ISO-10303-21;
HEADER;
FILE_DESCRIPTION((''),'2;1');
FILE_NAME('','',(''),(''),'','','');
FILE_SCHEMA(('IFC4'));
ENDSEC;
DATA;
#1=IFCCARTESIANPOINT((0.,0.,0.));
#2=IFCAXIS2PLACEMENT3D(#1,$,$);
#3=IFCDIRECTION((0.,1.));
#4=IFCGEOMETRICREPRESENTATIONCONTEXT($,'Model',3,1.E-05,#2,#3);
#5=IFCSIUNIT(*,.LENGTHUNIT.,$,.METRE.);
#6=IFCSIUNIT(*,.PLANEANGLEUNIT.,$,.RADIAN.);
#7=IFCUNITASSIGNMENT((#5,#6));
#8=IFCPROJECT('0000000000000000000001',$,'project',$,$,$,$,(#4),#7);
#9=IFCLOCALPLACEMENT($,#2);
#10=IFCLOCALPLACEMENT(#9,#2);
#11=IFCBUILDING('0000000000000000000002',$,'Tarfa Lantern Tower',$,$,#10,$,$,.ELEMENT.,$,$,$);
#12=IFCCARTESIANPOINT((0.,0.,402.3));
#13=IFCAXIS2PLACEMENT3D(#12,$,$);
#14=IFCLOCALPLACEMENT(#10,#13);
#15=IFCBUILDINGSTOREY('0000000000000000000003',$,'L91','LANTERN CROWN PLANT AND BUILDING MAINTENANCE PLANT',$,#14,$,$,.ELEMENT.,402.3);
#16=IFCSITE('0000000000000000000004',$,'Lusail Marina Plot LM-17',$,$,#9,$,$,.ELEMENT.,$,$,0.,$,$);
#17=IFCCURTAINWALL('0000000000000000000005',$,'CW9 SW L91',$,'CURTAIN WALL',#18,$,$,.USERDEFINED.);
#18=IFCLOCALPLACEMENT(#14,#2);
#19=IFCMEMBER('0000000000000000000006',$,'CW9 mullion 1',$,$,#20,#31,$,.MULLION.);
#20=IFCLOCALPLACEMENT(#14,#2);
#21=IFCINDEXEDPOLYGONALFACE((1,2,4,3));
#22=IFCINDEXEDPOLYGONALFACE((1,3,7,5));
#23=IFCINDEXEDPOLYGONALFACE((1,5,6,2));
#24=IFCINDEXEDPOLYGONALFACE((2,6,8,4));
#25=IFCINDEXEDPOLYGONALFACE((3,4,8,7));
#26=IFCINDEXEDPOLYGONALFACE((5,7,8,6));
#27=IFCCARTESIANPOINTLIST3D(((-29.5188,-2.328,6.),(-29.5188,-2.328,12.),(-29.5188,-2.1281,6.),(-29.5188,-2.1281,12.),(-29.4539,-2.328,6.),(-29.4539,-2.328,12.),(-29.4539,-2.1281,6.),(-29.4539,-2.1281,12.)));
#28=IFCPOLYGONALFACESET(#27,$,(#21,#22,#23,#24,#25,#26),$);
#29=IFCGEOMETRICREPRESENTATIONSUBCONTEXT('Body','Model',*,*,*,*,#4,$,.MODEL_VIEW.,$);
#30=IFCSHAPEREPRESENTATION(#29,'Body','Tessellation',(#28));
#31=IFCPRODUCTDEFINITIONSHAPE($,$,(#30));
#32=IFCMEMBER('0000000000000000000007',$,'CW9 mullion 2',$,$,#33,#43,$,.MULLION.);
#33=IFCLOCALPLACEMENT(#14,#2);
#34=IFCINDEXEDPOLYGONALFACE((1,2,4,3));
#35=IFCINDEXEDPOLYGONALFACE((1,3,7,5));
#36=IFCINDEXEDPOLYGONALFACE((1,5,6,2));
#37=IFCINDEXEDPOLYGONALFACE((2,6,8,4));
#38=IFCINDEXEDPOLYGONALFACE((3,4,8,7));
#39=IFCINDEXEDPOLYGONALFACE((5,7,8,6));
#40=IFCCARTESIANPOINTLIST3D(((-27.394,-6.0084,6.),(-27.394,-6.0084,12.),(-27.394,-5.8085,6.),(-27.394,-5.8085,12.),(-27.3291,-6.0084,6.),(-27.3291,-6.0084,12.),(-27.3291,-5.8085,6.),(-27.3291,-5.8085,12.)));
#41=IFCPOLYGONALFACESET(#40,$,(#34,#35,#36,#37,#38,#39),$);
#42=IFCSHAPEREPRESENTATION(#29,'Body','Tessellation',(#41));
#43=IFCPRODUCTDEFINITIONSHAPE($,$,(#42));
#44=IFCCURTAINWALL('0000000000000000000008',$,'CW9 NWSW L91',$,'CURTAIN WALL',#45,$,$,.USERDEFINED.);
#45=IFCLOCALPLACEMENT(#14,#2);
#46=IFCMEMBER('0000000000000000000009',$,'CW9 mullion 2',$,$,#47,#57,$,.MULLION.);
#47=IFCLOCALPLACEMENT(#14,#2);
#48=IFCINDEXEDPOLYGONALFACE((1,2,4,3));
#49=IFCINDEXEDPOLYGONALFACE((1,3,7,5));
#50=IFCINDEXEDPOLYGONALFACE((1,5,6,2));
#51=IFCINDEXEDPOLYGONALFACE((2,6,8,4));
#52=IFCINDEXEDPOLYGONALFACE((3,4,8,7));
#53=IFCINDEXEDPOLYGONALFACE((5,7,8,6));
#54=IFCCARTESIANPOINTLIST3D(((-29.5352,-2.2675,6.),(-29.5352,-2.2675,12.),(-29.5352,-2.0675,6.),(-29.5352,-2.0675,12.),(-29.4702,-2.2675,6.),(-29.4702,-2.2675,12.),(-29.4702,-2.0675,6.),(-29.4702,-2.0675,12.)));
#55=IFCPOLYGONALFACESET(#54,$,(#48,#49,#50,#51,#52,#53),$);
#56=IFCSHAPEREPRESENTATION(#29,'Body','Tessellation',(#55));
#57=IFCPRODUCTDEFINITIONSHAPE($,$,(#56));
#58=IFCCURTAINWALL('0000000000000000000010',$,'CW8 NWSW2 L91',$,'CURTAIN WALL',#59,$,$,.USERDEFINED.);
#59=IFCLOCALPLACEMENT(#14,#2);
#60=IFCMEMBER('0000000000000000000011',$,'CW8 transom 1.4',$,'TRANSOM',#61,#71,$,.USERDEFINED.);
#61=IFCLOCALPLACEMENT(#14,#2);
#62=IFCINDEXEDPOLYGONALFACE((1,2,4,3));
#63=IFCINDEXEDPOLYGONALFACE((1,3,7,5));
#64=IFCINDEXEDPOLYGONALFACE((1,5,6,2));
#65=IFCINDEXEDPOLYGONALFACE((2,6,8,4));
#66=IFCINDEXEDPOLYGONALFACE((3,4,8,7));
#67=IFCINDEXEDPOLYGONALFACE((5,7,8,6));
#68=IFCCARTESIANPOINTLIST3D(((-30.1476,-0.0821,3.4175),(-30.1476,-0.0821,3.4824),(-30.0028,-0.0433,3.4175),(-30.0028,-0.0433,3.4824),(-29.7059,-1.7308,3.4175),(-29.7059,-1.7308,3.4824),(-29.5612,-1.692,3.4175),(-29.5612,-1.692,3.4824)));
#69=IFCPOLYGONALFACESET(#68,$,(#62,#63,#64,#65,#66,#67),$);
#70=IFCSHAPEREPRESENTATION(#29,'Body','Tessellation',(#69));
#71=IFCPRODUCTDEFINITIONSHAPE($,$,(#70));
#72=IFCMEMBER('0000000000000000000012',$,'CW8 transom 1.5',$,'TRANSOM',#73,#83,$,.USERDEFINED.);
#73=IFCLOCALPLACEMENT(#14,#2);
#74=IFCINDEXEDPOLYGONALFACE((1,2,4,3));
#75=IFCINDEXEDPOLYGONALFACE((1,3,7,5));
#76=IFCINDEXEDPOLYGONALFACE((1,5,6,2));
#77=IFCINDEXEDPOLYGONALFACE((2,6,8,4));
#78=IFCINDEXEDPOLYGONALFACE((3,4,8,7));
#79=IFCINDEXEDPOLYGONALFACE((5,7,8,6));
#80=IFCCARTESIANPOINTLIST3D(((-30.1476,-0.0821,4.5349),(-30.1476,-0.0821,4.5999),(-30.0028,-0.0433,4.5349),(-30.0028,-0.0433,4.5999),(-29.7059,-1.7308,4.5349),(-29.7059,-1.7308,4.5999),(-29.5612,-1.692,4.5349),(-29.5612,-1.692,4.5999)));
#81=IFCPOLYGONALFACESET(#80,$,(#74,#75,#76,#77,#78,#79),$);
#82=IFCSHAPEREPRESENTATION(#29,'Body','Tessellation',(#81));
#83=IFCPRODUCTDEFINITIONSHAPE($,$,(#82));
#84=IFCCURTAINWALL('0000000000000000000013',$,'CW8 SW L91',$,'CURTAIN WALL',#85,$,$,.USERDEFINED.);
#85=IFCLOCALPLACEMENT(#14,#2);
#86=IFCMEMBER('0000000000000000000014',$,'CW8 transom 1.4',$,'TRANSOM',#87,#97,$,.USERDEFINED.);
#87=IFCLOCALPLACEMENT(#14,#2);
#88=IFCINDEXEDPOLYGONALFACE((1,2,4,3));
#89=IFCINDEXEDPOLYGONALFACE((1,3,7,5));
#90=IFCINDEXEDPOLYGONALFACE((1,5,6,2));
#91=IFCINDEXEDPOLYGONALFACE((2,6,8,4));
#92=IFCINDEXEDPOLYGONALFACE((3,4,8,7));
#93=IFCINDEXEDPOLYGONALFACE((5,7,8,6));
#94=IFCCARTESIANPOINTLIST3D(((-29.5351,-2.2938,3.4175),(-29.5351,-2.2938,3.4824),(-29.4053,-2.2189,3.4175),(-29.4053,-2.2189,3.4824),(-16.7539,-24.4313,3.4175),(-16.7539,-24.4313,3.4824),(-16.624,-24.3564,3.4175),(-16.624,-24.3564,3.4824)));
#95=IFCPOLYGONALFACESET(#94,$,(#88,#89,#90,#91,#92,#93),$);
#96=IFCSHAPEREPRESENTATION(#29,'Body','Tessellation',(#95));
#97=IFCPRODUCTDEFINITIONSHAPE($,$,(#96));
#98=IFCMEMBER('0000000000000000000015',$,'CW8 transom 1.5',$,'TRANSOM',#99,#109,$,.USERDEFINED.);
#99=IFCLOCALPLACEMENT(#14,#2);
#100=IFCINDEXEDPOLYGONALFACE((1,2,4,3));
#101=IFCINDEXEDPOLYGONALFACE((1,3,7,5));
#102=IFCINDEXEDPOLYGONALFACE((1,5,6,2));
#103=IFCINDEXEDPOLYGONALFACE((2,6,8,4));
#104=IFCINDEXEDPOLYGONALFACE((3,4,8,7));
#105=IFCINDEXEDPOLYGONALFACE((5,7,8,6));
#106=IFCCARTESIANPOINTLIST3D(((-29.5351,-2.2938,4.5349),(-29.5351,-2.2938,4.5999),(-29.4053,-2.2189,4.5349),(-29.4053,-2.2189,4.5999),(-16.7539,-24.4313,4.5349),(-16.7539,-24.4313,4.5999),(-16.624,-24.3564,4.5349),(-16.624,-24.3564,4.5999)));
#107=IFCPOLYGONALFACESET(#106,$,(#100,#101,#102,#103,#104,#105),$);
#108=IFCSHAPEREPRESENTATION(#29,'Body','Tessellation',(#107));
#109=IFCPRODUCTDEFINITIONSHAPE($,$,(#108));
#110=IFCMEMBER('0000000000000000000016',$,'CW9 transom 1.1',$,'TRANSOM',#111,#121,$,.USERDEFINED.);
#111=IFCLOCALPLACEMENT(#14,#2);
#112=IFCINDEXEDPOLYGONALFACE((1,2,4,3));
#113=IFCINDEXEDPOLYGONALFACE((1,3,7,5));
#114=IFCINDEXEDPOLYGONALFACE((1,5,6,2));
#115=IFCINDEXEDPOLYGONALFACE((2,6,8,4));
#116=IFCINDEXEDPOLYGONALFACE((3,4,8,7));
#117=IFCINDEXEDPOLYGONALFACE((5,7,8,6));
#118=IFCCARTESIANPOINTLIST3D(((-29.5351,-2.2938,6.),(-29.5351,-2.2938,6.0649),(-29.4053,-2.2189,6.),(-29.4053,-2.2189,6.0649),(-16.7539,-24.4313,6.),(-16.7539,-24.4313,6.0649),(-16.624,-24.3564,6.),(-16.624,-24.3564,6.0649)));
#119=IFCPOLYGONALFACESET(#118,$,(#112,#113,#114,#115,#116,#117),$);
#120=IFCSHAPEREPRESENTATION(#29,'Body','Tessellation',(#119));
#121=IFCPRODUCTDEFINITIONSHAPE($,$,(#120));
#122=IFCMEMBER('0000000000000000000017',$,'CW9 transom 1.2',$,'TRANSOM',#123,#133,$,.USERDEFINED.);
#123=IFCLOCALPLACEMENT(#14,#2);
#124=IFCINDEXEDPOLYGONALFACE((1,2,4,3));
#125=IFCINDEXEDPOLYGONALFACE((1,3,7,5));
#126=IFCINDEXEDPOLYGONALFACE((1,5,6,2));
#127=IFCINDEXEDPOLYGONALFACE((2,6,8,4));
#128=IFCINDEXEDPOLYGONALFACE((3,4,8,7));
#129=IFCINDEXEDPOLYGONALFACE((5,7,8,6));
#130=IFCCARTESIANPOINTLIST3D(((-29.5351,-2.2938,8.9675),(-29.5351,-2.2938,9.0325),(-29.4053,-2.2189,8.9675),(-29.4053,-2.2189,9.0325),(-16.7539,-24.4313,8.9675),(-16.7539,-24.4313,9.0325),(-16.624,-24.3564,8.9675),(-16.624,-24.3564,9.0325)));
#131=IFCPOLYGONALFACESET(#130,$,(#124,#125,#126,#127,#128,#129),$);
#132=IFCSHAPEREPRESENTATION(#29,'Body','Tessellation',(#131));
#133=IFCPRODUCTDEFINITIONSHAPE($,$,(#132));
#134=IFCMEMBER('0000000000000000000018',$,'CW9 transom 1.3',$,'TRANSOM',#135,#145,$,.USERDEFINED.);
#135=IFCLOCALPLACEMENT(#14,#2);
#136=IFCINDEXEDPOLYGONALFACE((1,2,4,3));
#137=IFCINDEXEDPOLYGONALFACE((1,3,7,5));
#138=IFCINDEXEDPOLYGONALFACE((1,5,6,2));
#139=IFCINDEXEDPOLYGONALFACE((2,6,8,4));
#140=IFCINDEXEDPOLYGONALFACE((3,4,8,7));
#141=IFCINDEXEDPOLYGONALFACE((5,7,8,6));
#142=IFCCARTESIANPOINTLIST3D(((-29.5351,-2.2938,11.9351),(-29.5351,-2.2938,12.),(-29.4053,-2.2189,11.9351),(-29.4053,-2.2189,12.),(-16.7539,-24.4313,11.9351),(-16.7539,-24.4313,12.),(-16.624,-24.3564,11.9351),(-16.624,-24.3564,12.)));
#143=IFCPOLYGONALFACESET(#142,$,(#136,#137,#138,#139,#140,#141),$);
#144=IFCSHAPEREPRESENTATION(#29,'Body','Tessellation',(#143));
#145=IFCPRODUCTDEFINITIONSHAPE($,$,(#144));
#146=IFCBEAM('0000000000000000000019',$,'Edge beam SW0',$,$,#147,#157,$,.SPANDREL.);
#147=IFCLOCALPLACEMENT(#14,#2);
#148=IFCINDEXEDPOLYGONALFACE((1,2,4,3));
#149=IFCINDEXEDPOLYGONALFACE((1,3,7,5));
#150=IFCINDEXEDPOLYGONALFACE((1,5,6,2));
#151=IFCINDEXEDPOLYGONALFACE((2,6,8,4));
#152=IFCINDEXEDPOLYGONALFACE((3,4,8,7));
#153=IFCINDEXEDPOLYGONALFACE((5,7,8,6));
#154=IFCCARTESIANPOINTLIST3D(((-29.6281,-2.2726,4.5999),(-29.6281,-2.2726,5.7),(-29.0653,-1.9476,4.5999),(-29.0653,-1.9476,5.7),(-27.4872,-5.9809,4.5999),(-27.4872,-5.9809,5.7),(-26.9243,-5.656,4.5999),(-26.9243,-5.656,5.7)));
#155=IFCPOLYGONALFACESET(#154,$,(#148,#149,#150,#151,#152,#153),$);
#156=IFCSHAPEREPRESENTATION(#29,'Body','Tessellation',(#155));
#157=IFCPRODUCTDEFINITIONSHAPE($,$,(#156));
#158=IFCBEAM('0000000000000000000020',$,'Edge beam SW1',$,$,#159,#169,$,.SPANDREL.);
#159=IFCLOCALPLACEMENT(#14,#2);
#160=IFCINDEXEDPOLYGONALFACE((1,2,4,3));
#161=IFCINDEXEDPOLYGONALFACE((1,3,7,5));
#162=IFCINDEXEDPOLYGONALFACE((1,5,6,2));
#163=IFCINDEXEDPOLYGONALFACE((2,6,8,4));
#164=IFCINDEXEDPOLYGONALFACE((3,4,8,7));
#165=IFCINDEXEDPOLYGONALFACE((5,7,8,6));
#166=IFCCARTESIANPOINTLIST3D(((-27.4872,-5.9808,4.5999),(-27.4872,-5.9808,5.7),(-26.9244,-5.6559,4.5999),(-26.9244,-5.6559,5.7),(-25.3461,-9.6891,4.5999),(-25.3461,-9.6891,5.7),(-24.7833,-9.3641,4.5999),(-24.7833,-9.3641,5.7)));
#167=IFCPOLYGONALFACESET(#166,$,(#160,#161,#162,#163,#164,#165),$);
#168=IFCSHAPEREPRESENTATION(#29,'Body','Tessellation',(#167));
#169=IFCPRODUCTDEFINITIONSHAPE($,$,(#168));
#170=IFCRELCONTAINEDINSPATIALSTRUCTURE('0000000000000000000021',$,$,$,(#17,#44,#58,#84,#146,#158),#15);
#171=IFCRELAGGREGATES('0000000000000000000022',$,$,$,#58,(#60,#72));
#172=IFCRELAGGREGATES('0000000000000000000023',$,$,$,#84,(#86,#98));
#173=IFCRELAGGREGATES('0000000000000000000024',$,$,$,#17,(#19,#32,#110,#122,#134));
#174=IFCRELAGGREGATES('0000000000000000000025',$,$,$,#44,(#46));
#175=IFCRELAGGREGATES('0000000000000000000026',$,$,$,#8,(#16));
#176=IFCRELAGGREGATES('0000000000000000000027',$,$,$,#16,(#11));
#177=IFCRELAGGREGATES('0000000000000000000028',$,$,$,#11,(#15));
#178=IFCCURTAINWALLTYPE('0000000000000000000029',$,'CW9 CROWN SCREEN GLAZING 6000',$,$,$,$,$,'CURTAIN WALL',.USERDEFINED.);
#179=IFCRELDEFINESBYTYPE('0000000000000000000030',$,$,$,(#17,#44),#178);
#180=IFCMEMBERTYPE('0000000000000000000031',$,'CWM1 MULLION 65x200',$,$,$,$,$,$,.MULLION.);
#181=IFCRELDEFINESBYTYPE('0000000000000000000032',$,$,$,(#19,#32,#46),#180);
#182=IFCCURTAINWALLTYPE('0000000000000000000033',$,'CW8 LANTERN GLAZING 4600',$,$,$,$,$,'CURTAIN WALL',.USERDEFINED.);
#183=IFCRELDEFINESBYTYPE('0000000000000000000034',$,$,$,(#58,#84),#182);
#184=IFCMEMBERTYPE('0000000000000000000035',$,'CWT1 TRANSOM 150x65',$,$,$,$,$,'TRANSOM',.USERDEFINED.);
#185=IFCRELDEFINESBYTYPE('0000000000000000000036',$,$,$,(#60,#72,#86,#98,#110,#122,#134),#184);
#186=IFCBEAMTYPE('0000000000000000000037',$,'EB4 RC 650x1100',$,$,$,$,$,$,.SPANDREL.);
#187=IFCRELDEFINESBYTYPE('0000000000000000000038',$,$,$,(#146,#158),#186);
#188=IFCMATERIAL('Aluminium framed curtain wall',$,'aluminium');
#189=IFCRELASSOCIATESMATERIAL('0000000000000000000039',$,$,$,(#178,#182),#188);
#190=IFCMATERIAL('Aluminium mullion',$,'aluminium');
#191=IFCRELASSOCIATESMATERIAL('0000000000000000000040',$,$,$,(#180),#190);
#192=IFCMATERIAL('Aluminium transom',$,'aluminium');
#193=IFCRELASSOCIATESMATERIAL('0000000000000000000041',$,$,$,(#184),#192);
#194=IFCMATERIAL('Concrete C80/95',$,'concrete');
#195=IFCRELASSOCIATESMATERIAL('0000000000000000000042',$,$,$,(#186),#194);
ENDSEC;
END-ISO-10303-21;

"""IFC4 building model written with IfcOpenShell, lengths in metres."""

from ifc_helpers import new_model, si_unit, direction, frame, origin, origin_2d, place, context, subcontext, project, spatial, rectangle, extrude, material, material_profile, profile_set, type_object, element, aggregate, save


model = new_model("IFC4")

# Units and contexts
model_context = context("Model", 3, precision=1e-05, world=origin(), true_north=direction((0.0, 1.0)))
body_context = subcontext(model_context, "Body", "Model", "MODEL_VIEW")
ifc_project = project(units=[si_unit("LENGTHUNIT", "METRE"), si_unit("PLANEANGLEUNIT", "RADIAN")], contexts=[model_context])

# Site, building, storey
site_placement = place(None, origin())
site = spatial("IfcSite", under=ifc_project, at=site_placement, Name="Lusail Marina Plot LM-17", CompositionType="ELEMENT", RefElevation=0.0)
building_placement = place(site_placement, origin())
building = spatial("IfcBuilding", under=site, at=building_placement, Name="Tarfa Lantern Tower", CompositionType="ELEMENT")
storey_placement = place(building_placement, frame((0.0, 0.0, 402.3)))
storey = spatial("IfcBuildingStorey", under=building, at=storey_placement, Name="L91", Description="LANTERN CROWN PLANT AND BUILDING MAINTENANCE PLANT", CompositionType="ELEMENT", Elevation=402.3)

# Curtain wall, members
ifc_material_1 = material(Name="Aluminium framed curtain wall", Category="aluminium")
curtain_wall_type_1 = type_object("IfcCurtainWallType", Name="CW9 CROWN SCREEN GLAZING 6000", ElementType="CURTAIN WALL", PredefinedType="USERDEFINED", material=ifc_material_1)
curtain_wall_1_placement = place(storey_placement, origin())
curtain_wall_1 = element("IfcCurtainWall", 1, at=curtain_wall_1_placement, inside=storey, type_object=curtain_wall_type_1, Name="CW9 SW L91", ObjectType="CURTAIN WALL", PredefinedType="USERDEFINED")
ifc_material_2 = material(Name="Aluminium mullion", Category="aluminium")
ifc_material_profile_1 = material_profile(ifc_material_2, rectangle(XDim=0.0649, YDim=0.2, at=origin_2d()), Name="AL MULLION 65x200")
ifc_profile_set_1 = profile_set([ifc_material_profile_1], Name="Aluminium mullion")
member_type_1 = type_object("IfcMemberType", Name="CWM1 MULLION 65x200", PredefinedType="MULLION", material=ifc_profile_set_1)
member_1_placement = place(storey_placement, frame((-29.4863, -2.228, 6.0), z_axis=(0.0, 0.0, 1.0), x_axis=(1.0, 0.0, 0.0)))
member_1 = element("IfcMember", 2, at=member_1_placement, type_object=member_type_1, Name="CW9 mullion 1", PredefinedType="MULLION", context=body_context, shape_type="SweptSolid", body=[
    extrude(rectangle(XDim=0.0649, YDim=0.2, at=origin_2d()), origin(), (0.0, 0.0, 1.0), 6.0),
])
member_2_placement = place(storey_placement, frame((-27.3616, -5.9084, 6.0), z_axis=(0.0, 0.0, 1.0), x_axis=(1.0, 0.0, 0.0)))
member_2 = element("IfcMember", 3, at=member_2_placement, type_object=member_type_1, Name="CW9 mullion 2", PredefinedType="MULLION", context=body_context, shape_type="SweptSolid", body=[
    extrude(rectangle(XDim=0.0649, YDim=0.2, at=origin_2d()), origin(), (0.0, 0.0, 1.0), 6.0),
])

# Curtain wall, member
curtain_wall_2_placement = place(storey_placement, origin())
curtain_wall_2 = element("IfcCurtainWall", 4, at=curtain_wall_2_placement, inside=storey, type_object=curtain_wall_type_1, Name="CW9 NWSW L91", ObjectType="CURTAIN WALL", PredefinedType="USERDEFINED")
member_3_placement = place(storey_placement, frame((-29.5027, -2.1675, 6.0), z_axis=(0.0, 0.0, 1.0), x_axis=(1.0, 0.0, 0.0)))
member_3 = element("IfcMember", 5, at=member_3_placement, type_object=member_type_1, Name="CW9 mullion 2", PredefinedType="MULLION", context=body_context, shape_type="SweptSolid", body=[
    extrude(rectangle(XDim=0.0649, YDim=0.2, at=origin_2d()), origin(), (0.0, 0.0, 1.0), 6.0),
])

# Curtain walls, members
curtain_wall_type_2 = type_object("IfcCurtainWallType", Name="CW8 LANTERN GLAZING 4600", ElementType="CURTAIN WALL", PredefinedType="USERDEFINED", material=ifc_material_1)
curtain_wall_3_placement = place(storey_placement, origin())
curtain_wall_3 = element("IfcCurtainWall", 6, at=curtain_wall_3_placement, inside=storey, type_object=curtain_wall_type_2, Name="CW8 NWSW2 L91", ObjectType="CURTAIN WALL", PredefinedType="USERDEFINED")
ifc_material_3 = material(Name="Aluminium transom", Category="aluminium")
ifc_material_profile_2 = material_profile(ifc_material_3, rectangle(XDim=0.1499, YDim=0.0649, at=origin_2d()), Name="AL TRANSOM 150x65")
ifc_profile_set_2 = profile_set([ifc_material_profile_2], Name="Aluminium transom")
member_type_2 = type_object("IfcMemberType", Name="CWT1 TRANSOM 150x65", ElementType="TRANSOM", PredefinedType="USERDEFINED", material=ifc_profile_set_2)
member_4_placement = place(storey_placement, frame((-30.0752, -0.0627, 3.45), z_axis=(0.258758, -0.965942, 0.0), x_axis=(0.965942, 0.258758, 0.0)))
member_4 = element("IfcMember", 7, at=member_4_placement, type_object=member_type_2, Name="CW8 transom 1.4", ObjectType="TRANSOM", PredefinedType="USERDEFINED", context=body_context, shape_type="SweptSolid", body=[
    extrude(rectangle(XDim=0.1499, YDim=0.0649, at=origin_2d()), origin(), (0.0, 0.0, 1.0), 1.7068),
])
member_5_placement = place(storey_placement, frame((-30.0752, -0.0627, 4.5674), z_axis=(0.258758, -0.965942, 0.0), x_axis=(0.965942, 0.258758, 0.0)))
member_5 = element("IfcMember", 8, at=member_5_placement, type_object=member_type_2, Name="CW8 transom 1.5", ObjectType="TRANSOM", PredefinedType="USERDEFINED", context=body_context, shape_type="SweptSolid", body=[
    extrude(rectangle(XDim=0.1499, YDim=0.0649, at=origin_2d()), origin(), (0.0, 0.0, 1.0), 1.7068),
])
curtain_wall_4_placement = place(storey_placement, origin())
curtain_wall_4 = element("IfcCurtainWall", 9, at=curtain_wall_4_placement, inside=storey, type_object=curtain_wall_type_2, Name="CW8 SW L91", ObjectType="CURTAIN WALL", PredefinedType="USERDEFINED")
member_6_placement = place(storey_placement, frame((-29.4702, -2.2563, 3.45), z_axis=(0.500005, -0.866022, 0.0), x_axis=(0.866022, 0.500005, 0.0)))
member_6 = element("IfcMember", 10, at=member_6_placement, type_object=member_type_2, Name="CW8 transom 1.4", ObjectType="TRANSOM", PredefinedType="USERDEFINED", context=body_context, shape_type="SweptSolid", body=[
    extrude(rectangle(XDim=0.1499, YDim=0.0649, at=origin_2d()), origin(), (0.0, 0.0, 1.0), 25.5623),
])
member_7_placement = place(storey_placement, frame((-29.4702, -2.2563, 4.5674), z_axis=(0.500005, -0.866022, 0.0), x_axis=(0.866022, 0.500005, 0.0)))
member_7 = element("IfcMember", 11, at=member_7_placement, type_object=member_type_2, Name="CW8 transom 1.5", ObjectType="TRANSOM", PredefinedType="USERDEFINED", context=body_context, shape_type="SweptSolid", body=[
    extrude(rectangle(XDim=0.1499, YDim=0.0649, at=origin_2d()), origin(), (0.0, 0.0, 1.0), 25.5623),
])

# Members
member_8_placement = place(storey_placement, frame((-29.4702, -2.2563, 6.0325), z_axis=(0.500005, -0.866022, 0.0), x_axis=(0.866022, 0.500005, 0.0)))
member_8 = element("IfcMember", 12, at=member_8_placement, type_object=member_type_2, Name="CW9 transom 1.1", ObjectType="TRANSOM", PredefinedType="USERDEFINED", context=body_context, shape_type="SweptSolid", body=[
    extrude(rectangle(XDim=0.1499, YDim=0.0649, at=origin_2d()), origin(), (0.0, 0.0, 1.0), 25.5623),
])
member_9_placement = place(storey_placement, frame((-29.4702, -2.2563, 9.0), z_axis=(0.500005, -0.866022, 0.0), x_axis=(0.866022, 0.500005, 0.0)))
member_9 = element("IfcMember", 13, at=member_9_placement, type_object=member_type_2, Name="CW9 transom 1.2", ObjectType="TRANSOM", PredefinedType="USERDEFINED", context=body_context, shape_type="SweptSolid", body=[
    extrude(rectangle(XDim=0.1499, YDim=0.0649, at=origin_2d()), origin(), (0.0, 0.0, 1.0), 25.5623),
])
member_10_placement = place(storey_placement, frame((-29.4702, -2.2563, 11.9675), z_axis=(0.500005, -0.866022, 0.0), x_axis=(0.866022, 0.500005, 0.0)))
member_10 = element("IfcMember", 14, at=member_10_placement, type_object=member_type_2, Name="CW9 transom 1.3", ObjectType="TRANSOM", PredefinedType="USERDEFINED", context=body_context, shape_type="SweptSolid", body=[
    extrude(rectangle(XDim=0.1499, YDim=0.0649, at=origin_2d()), origin(), (0.0, 0.0, 1.0), 25.5623),
])

# Beams
ifc_material_4 = material(Name="Concrete C80/95", Category="concrete")
ifc_material_profile_3 = material_profile(ifc_material_4, rectangle(XDim=0.6499, YDim=1.1001, at=origin_2d()), Name="RC 650x1100")
ifc_profile_set_3 = profile_set([ifc_material_profile_3], Name="Concrete C80/95")
beam_type_1 = type_object("IfcBeamType", Name="EB4 RC 650x1100", PredefinedType="SPANDREL", material=ifc_profile_set_3)
for number, where, z_axis, x_axis, name in (
    (15, (-29.3467, -2.1101, 5.1499), (0.499984, -0.866035, 0.0), (0.866035, 0.499984, 0.0), "Edge beam SW0"),
    (16, (-27.2058, -5.8184, 5.1499), (0.500027, -0.86601, 0.0), (0.86601, 0.500027, 0.0), "Edge beam SW1"),
):
    element("IfcBeam", number, at=place(storey_placement, frame(where, z_axis=z_axis, x_axis=x_axis)), inside=storey, type_object=beam_type_1, Name=name, PredefinedType="SPANDREL", context=body_context, shape_type="SweptSolid", body=[
        extrude(rectangle(XDim=0.6499, YDim=1.1001, at=origin_2d()), origin(), (0.0, 0.0, 1.0), 4.282),
    ])

aggregate(curtain_wall_3, [member_4, member_5])
aggregate(curtain_wall_4, [member_6, member_7])
aggregate(curtain_wall_1, [member_1, member_2, member_8, member_9, member_10])
aggregate(curtain_wall_2, [member_3])

save(model, "model.ifc")
